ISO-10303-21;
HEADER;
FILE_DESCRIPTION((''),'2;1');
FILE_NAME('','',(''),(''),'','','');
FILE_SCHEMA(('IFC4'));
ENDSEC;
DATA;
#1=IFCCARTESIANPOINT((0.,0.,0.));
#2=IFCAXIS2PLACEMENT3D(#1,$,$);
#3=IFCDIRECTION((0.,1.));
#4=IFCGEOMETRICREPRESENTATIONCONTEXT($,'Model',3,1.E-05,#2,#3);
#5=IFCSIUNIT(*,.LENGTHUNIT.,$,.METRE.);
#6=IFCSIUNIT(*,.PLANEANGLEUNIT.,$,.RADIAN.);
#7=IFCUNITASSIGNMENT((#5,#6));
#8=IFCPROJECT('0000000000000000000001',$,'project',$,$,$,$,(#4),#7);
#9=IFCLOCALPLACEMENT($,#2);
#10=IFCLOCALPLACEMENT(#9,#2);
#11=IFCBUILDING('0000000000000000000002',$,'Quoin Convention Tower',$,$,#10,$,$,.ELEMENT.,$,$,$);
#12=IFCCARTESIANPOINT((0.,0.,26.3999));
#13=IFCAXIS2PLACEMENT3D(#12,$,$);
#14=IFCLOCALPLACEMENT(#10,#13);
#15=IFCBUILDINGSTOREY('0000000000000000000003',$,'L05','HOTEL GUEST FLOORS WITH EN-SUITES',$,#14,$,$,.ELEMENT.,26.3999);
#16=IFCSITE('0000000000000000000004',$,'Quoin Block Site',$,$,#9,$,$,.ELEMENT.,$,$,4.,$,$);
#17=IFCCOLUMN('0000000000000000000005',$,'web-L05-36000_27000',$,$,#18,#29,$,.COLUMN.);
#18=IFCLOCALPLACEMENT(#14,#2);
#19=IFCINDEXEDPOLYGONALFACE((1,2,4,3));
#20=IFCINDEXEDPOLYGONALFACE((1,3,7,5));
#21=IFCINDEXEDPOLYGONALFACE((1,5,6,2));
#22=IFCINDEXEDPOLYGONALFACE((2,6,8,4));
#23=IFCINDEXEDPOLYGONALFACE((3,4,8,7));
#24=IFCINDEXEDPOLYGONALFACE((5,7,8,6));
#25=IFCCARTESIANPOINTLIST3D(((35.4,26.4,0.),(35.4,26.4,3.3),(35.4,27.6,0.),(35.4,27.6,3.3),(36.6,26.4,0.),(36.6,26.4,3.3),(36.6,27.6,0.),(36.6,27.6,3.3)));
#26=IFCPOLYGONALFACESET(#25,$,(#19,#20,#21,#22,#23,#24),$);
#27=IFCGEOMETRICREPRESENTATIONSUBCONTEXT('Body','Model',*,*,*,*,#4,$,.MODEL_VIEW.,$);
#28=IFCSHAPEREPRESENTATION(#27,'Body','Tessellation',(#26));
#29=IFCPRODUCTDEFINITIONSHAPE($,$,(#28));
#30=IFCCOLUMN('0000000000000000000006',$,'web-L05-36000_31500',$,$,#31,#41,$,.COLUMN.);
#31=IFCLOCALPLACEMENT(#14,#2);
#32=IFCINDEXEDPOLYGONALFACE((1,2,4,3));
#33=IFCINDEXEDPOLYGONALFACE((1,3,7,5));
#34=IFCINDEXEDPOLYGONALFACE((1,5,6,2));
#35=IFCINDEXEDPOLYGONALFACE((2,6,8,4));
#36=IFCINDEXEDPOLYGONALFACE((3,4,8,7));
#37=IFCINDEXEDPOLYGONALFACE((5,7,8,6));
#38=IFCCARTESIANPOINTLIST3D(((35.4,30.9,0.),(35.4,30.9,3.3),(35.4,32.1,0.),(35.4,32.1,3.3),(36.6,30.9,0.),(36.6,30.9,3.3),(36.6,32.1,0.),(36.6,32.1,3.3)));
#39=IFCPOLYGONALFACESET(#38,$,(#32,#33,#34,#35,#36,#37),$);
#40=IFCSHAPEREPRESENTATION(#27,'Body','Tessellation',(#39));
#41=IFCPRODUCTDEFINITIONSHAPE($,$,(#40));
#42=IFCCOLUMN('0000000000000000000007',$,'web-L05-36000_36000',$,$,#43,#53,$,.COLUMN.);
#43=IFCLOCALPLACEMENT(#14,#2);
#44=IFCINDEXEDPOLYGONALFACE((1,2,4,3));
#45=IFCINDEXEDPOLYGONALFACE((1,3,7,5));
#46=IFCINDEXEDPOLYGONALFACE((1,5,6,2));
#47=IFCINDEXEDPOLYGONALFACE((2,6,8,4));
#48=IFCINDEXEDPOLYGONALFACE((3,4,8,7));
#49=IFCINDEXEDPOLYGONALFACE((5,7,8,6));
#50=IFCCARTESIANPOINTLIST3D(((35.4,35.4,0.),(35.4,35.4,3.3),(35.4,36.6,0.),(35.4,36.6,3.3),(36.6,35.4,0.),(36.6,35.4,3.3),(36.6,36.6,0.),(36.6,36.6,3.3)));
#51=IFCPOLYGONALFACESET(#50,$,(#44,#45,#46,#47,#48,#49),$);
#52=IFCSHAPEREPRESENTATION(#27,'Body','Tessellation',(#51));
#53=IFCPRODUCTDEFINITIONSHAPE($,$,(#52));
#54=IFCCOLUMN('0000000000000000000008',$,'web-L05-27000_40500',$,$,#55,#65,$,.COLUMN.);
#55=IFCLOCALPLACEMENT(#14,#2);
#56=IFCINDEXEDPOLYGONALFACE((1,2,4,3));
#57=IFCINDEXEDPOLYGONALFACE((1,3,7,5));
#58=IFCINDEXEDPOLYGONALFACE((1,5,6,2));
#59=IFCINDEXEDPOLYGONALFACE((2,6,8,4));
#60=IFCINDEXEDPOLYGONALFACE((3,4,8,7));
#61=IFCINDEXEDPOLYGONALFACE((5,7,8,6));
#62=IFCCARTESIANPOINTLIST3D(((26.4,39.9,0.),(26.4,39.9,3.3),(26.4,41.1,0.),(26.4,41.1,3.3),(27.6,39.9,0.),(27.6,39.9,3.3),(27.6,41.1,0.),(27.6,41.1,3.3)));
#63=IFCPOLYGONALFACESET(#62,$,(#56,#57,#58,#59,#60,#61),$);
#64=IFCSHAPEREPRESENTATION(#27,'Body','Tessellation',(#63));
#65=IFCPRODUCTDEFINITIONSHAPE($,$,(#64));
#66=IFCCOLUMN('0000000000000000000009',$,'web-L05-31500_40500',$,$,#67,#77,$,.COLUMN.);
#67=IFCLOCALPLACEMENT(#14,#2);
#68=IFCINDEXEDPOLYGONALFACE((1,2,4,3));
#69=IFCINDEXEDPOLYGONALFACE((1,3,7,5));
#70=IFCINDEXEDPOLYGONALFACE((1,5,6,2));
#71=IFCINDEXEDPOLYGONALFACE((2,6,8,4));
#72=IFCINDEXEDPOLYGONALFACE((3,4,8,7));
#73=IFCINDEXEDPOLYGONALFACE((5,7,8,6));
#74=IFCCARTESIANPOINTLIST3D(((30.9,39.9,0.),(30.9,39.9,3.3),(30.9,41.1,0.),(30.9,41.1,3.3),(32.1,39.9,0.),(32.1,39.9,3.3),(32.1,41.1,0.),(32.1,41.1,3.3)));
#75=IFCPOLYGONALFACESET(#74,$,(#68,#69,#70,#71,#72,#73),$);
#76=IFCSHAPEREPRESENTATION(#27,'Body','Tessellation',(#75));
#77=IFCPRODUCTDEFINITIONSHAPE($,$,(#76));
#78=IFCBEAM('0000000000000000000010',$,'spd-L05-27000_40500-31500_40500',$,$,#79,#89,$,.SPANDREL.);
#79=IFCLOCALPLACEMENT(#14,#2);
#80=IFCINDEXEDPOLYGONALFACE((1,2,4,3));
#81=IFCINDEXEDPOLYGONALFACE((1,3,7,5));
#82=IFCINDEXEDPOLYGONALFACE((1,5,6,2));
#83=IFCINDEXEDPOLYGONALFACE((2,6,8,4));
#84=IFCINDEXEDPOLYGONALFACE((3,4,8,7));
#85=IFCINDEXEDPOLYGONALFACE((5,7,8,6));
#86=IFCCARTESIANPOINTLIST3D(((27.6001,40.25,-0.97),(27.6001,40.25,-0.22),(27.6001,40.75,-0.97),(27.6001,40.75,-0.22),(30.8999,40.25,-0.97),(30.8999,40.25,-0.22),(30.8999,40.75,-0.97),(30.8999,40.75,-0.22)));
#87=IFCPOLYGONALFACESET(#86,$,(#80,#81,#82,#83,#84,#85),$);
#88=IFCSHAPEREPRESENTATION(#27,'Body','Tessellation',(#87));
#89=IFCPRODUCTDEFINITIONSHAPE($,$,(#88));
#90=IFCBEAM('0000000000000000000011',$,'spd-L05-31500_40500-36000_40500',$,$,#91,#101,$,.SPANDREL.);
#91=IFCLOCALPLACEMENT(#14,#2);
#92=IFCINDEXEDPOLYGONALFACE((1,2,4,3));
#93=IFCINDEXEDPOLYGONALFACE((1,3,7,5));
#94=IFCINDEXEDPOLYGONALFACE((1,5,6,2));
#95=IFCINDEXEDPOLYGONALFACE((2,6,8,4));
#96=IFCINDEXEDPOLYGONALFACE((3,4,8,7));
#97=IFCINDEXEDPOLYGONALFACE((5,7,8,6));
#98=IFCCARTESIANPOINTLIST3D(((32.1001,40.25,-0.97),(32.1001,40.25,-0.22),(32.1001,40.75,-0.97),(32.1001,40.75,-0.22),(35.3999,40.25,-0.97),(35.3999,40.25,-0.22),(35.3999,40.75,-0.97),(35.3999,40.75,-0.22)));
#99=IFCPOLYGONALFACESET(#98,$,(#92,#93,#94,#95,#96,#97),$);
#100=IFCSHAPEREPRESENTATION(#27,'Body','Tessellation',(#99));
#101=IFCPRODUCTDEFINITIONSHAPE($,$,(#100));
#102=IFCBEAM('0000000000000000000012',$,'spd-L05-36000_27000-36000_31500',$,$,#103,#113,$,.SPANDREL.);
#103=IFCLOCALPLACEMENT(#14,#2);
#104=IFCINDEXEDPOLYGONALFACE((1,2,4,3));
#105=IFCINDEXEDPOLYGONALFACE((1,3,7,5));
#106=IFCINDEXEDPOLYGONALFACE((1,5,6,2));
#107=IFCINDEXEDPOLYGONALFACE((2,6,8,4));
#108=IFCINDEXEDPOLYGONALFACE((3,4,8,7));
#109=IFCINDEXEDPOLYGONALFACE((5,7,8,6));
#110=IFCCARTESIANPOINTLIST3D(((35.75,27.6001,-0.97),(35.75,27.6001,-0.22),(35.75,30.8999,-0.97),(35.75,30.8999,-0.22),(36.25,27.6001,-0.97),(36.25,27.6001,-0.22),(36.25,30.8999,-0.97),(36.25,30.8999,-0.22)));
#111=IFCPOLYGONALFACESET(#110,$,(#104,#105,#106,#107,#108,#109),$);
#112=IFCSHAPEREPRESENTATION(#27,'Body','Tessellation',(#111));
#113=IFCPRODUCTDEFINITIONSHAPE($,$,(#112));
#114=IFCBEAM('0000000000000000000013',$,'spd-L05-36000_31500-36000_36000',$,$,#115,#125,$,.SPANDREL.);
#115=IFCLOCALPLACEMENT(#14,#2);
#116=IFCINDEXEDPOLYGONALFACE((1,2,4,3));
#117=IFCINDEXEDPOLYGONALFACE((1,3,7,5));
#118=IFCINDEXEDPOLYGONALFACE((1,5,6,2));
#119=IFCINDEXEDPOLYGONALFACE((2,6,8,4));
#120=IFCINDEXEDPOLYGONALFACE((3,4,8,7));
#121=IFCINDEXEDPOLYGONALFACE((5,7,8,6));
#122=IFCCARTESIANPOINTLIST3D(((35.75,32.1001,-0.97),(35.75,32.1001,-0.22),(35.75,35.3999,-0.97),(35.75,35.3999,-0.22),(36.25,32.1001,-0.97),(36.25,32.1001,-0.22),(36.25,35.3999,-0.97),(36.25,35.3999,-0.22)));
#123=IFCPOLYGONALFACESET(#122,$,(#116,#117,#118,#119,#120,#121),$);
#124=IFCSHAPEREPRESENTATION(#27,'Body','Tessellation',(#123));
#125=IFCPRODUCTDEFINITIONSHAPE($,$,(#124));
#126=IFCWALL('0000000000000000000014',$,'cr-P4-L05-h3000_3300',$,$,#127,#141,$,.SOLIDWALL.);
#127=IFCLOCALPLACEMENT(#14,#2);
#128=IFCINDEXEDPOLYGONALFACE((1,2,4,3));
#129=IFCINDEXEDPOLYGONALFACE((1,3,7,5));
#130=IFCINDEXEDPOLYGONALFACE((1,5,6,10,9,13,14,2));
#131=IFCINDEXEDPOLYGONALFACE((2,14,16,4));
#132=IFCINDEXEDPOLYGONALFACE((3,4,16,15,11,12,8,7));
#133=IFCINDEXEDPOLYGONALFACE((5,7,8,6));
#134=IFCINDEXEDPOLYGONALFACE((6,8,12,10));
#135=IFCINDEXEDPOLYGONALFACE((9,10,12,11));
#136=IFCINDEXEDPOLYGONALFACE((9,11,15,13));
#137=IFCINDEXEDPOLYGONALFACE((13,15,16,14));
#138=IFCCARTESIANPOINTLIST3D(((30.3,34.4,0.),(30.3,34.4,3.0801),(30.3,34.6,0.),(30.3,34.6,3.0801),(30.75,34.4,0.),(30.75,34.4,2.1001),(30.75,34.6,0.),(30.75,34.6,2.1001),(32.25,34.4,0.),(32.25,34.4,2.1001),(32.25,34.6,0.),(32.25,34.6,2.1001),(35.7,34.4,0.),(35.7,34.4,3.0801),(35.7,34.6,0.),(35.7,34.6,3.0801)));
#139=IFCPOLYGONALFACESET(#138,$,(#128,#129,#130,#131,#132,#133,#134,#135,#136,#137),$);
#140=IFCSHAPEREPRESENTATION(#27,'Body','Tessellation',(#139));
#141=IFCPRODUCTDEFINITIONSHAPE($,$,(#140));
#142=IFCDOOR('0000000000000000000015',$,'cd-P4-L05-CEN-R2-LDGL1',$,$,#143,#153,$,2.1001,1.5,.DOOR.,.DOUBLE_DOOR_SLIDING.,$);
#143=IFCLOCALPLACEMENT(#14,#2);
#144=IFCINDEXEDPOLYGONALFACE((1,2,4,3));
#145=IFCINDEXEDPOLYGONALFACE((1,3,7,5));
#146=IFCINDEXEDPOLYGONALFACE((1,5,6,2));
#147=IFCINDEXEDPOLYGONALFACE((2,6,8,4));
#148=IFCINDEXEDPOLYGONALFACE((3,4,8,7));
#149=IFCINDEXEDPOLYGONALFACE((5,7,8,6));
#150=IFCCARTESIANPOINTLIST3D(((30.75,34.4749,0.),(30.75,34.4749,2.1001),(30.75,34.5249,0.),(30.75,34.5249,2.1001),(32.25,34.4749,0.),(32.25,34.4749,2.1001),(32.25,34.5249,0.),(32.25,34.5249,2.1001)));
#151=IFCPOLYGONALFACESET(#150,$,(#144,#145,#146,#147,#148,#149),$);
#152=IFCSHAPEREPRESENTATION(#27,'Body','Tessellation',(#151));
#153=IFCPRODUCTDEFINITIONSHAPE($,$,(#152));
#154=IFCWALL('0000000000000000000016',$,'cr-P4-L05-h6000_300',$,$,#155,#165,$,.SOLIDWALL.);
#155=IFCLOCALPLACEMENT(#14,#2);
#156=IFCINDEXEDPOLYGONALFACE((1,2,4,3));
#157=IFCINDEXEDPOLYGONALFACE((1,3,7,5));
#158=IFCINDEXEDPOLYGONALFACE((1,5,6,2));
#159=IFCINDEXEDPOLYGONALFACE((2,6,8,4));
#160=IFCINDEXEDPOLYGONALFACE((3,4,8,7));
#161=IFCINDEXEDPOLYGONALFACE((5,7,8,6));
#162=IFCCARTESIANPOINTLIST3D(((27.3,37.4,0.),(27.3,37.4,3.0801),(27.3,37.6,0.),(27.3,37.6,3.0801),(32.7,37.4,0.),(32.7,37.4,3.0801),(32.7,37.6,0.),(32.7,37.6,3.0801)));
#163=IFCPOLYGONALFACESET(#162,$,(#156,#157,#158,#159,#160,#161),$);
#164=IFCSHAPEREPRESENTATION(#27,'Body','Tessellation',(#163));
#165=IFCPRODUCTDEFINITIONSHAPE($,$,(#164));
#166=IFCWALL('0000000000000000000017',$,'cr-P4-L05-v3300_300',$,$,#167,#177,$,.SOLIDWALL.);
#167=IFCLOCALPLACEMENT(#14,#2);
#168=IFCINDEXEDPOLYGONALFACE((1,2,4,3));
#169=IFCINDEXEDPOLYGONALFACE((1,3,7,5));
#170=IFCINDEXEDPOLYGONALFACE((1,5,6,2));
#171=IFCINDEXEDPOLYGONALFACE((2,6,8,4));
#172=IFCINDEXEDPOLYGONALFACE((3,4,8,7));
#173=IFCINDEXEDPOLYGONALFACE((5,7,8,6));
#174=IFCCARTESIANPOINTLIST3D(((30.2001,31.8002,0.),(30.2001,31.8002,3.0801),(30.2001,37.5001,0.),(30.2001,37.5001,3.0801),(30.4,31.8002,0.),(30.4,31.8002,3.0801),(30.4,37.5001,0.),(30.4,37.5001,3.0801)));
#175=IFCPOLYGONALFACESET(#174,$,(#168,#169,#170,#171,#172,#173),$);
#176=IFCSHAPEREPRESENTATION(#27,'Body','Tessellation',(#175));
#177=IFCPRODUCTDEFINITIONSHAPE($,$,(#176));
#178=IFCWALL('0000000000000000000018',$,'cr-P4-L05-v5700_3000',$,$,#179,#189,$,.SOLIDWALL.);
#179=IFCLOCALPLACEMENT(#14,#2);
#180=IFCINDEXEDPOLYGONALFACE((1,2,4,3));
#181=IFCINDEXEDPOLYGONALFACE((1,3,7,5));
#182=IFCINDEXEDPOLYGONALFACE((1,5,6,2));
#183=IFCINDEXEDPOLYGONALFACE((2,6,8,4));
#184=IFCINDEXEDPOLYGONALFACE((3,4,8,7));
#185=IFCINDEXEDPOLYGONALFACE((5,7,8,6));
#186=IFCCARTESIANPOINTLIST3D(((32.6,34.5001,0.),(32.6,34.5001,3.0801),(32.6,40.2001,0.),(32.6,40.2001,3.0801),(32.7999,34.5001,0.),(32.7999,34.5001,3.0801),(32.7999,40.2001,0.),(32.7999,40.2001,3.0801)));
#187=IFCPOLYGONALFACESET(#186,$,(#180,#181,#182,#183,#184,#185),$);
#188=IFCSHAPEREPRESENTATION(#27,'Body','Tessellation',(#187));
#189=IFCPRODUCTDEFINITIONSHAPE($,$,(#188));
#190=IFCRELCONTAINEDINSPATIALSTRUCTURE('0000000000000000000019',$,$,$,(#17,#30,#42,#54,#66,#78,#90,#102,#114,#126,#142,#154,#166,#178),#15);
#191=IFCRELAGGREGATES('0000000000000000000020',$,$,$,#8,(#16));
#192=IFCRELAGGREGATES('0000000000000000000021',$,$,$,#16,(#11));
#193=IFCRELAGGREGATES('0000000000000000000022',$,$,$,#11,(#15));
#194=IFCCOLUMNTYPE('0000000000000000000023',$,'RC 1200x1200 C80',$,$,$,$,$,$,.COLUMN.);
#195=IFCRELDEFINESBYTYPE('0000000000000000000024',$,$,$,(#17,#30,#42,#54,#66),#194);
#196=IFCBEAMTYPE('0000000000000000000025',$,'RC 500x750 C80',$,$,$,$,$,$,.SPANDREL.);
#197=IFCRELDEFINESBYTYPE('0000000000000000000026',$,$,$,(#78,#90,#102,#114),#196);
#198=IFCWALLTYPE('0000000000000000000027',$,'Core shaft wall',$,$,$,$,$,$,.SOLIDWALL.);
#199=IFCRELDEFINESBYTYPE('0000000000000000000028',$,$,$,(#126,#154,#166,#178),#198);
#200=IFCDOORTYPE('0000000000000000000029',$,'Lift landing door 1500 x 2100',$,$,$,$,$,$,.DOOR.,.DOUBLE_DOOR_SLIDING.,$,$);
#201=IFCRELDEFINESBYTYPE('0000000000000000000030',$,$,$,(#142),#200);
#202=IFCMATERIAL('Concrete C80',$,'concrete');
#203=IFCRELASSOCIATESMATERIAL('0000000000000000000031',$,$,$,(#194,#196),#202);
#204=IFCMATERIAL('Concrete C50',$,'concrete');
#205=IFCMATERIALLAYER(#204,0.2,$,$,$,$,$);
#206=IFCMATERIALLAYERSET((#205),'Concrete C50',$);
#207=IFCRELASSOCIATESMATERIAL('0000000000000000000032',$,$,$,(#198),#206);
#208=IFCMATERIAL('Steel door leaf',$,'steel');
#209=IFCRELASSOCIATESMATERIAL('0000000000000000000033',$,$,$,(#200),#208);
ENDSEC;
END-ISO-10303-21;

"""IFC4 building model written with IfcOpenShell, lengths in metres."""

from ifc_helpers import new_model, si_unit, direction, frame, frame_2d, origin, origin_2d, place, context, subcontext, project, spatial, rectangle, extrude, material, layer, layer_set, material_profile, profile_set, type_object, element, fill, save


model = new_model("IFC4")

# Units and contexts
model_context = context("Model", 3, precision=1e-05, world=origin(), true_north=direction((0.0, 1.0)))
body_context = subcontext(model_context, "Body", "Model", "MODEL_VIEW")
ifc_project = project(units=[si_unit("LENGTHUNIT", "METRE"), si_unit("PLANEANGLEUNIT", "RADIAN")], contexts=[model_context])

# Site, building, storey
site_placement = place(None, origin())
site = spatial("IfcSite", under=ifc_project, at=site_placement, Name="Quoin Block Site", CompositionType="ELEMENT", RefElevation=4.0)
building_placement = place(site_placement, origin())
building = spatial("IfcBuilding", under=site, at=building_placement, Name="Quoin Convention Tower", CompositionType="ELEMENT")
storey_placement = place(building_placement, frame((0.0, 0.0, 26.3999)))
storey = spatial("IfcBuildingStorey", under=building, at=storey_placement, Name="L05", Description="HOTEL GUEST FLOORS WITH EN-SUITES", CompositionType="ELEMENT", Elevation=26.3999)

# Columns
ifc_material_1 = material(Name="Concrete C80", Category="concrete")
ifc_material_profile_1 = material_profile(ifc_material_1, rectangle(XDim=1.2, YDim=1.2, at=origin_2d()), Name="RC 1200x1200")
ifc_profile_set_1 = profile_set([ifc_material_profile_1], Name="Concrete C80")
column_type = type_object("IfcColumnType", Name="RC 1200x1200 C80", PredefinedType="COLUMN", material=ifc_profile_set_1)
for number, where, z_axis, x_axis, name in (
    (1, (36.0, 27.0, 0.0), (0.0, 0.0, 1.0), (1.0, 0.0, 0.0), "web-L05-36000_27000"),
    (2, (36.0, 31.5, 0.0), (0.0, 0.0, 1.0), (1.0, 0.0, 0.0), "web-L05-36000_31500"),
    (3, (36.0, 36.0, 0.0), (0.0, 0.0, 1.0), (1.0, 0.0, 0.0), "web-L05-36000_36000"),
    (4, (27.0, 40.5, 0.0), (0.0, 0.0, 1.0), (1.0, 0.0, 0.0), "web-L05-27000_40500"),
    (5, (31.5, 40.5, 0.0), (0.0, 0.0, 1.0), (1.0, 0.0, 0.0), "web-L05-31500_40500"),
):
    element("IfcColumn", number, at=place(storey_placement, frame(where, z_axis=z_axis, x_axis=x_axis)), inside=storey, type_object=column_type, Name=name, PredefinedType="COLUMN", context=body_context, shape_type="SweptSolid", body=[
        extrude(rectangle(XDim=1.2, YDim=1.2, at=origin_2d()), origin(), (0.0, 0.0, 1.0), 3.3),
    ])

# Beams
ifc_material_profile_2 = material_profile(ifc_material_1, rectangle(XDim=0.5, YDim=0.75, at=origin_2d()), Name="RC 500x750")
ifc_profile_set_2 = profile_set([ifc_material_profile_2], Name="Concrete C80")
beam_type = type_object("IfcBeamType", Name="RC 500x750 C80", PredefinedType="SPANDREL", material=ifc_profile_set_2)
for number, where, z_axis, x_axis, name in (
    (6, (27.6001, 40.5, -0.595), (1.0, 0.0, 0.0), (0.0, 1.0, 0.0), "spd-L05-27000_40500-31500_40500"),
    (7, (32.1001, 40.5, -0.595), (1.0, 0.0, 0.0), (0.0, 1.0, 0.0), "spd-L05-31500_40500-36000_40500"),
    (8, (36.0, 27.6001, -0.595), (0.0, 1.0, 0.0), (-1.0, 0.0, 0.0), "spd-L05-36000_27000-36000_31500"),
    (9, (36.0, 32.1001, -0.595), (0.0, 1.0, 0.0), (-1.0, 0.0, 0.0), "spd-L05-36000_31500-36000_36000"),
):
    element("IfcBeam", number, at=place(storey_placement, frame(where, z_axis=z_axis, x_axis=x_axis)), inside=storey, type_object=beam_type, Name=name, PredefinedType="SPANDREL", context=body_context, shape_type="SweptSolid", body=[
        extrude(rectangle(XDim=0.5, YDim=0.75, at=origin_2d()), origin(), (0.0, 0.0, 1.0), 3.2998),
    ])

# Wall, opening, door
ifc_material_2 = material(Name="Concrete C50", Category="concrete")
ifc_layer_1 = layer(ifc_material_2, 0.2)
ifc_layer_set_1 = layer_set([ifc_layer_1], Name="Concrete C50")
wall_type_1 = type_object("IfcWallType", Name="Core shaft wall", PredefinedType="SOLIDWALL", material=ifc_layer_set_1)
wall_1_placement = place(storey_placement, frame((30.3, 34.5, 0.0), z_axis=(0.0, 0.0, 1.0), x_axis=(1.0, 0.0, 0.0)))
wall_1 = element("IfcWall", 10, at=wall_1_placement, inside=storey, type_object=wall_type_1, Name="cr-P4-L05-h3000_3300", PredefinedType="SOLIDWALL", context=body_context, shape_type="SweptSolid", body=[
    extrude(rectangle(XDim=5.3999, YDim=0.2, at=frame_2d((2.7, 0.0))), origin(), (0.0, 0.0, 1.0), 3.0801),
])
opening_1_placement = place(wall_1_placement, frame((0.45, 0.0, 0.0)))
opening_1 = element("IfcOpeningElement", 11, at=opening_1_placement, cuts=wall_1, PredefinedType="OPENING", context=body_context, shape_type="SweptSolid", body=[
    extrude(rectangle(XDim=1.5, YDim=2.1001, at=frame_2d((0.75, 1.05))), frame((0.0, 0.1099, 0.0), z_axis=(0.0, -1.0, 0.0), x_axis=(1.0, 0.0, 0.0)), (0.0, 0.0, 1.0), 0.22),
])
ifc_material_3 = material(Name="Steel door leaf", Category="steel")
door_type_1 = type_object("IfcDoorType", Name="Lift landing door 1500 x 2100", OperationType="DOUBLE_DOOR_SLIDING", PredefinedType="DOOR", material=ifc_material_3)
door_1_placement = place(opening_1_placement, origin())
door_1 = element("IfcDoor", 12, at=door_1_placement, inside=storey, type_object=door_type_1, Name="cd-P4-L05-CEN-R2-LDGL1", OperationType="DOUBLE_DOOR_SLIDING", OverallHeight=2.1001, OverallWidth=1.5, PredefinedType="DOOR", context=body_context, shape_type="SweptSolid", body=[
    extrude(rectangle(XDim=1.5, YDim=2.1001, at=frame_2d((0.75, 1.05))), frame((0.0, 0.0249, 0.0), z_axis=(0.0, -1.0, 0.0), x_axis=(1.0, 0.0, 0.0)), (0.0, 0.0, 1.0), 0.05),
])
fill(opening_1, door_1)

# Walls
wall_2_placement = place(storey_placement, frame((27.3, 37.5, 0.0), z_axis=(0.0, 0.0, 1.0), x_axis=(1.0, 0.0, 0.0)))
element("IfcWall", 13, at=wall_2_placement, inside=storey, type_object=wall_type_1, Name="cr-P4-L05-h6000_300", PredefinedType="SOLIDWALL", context=body_context, shape_type="SweptSolid", body=[
    extrude(rectangle(XDim=5.3999, YDim=0.2, at=frame_2d((2.7, 0.0))), origin(), (0.0, 0.0, 1.0), 3.0801),
])
for number, where, z_axis, x_axis, name in (
    (14, (30.3, 31.8, 0.0), (0.0, 0.0, 1.0), (0.0, 1.0, 0.0), "cr-P4-L05-v3300_300"),
    (15, (32.7, 34.5, 0.0), (0.0, 0.0, 1.0), (0.0, 1.0, 0.0), "cr-P4-L05-v5700_3000"),
):
    element("IfcWall", number, at=place(storey_placement, frame(where, z_axis=z_axis, x_axis=x_axis)), inside=storey, type_object=wall_type_1, Name=name, PredefinedType="SOLIDWALL", context=body_context, shape_type="SweptSolid", body=[
        extrude(rectangle(XDim=5.7, YDim=0.2, at=frame_2d((2.8501, 0.0))), origin(), (0.0, 0.0, 1.0), 3.0801),
    ])

save(model, "model.ifc")
